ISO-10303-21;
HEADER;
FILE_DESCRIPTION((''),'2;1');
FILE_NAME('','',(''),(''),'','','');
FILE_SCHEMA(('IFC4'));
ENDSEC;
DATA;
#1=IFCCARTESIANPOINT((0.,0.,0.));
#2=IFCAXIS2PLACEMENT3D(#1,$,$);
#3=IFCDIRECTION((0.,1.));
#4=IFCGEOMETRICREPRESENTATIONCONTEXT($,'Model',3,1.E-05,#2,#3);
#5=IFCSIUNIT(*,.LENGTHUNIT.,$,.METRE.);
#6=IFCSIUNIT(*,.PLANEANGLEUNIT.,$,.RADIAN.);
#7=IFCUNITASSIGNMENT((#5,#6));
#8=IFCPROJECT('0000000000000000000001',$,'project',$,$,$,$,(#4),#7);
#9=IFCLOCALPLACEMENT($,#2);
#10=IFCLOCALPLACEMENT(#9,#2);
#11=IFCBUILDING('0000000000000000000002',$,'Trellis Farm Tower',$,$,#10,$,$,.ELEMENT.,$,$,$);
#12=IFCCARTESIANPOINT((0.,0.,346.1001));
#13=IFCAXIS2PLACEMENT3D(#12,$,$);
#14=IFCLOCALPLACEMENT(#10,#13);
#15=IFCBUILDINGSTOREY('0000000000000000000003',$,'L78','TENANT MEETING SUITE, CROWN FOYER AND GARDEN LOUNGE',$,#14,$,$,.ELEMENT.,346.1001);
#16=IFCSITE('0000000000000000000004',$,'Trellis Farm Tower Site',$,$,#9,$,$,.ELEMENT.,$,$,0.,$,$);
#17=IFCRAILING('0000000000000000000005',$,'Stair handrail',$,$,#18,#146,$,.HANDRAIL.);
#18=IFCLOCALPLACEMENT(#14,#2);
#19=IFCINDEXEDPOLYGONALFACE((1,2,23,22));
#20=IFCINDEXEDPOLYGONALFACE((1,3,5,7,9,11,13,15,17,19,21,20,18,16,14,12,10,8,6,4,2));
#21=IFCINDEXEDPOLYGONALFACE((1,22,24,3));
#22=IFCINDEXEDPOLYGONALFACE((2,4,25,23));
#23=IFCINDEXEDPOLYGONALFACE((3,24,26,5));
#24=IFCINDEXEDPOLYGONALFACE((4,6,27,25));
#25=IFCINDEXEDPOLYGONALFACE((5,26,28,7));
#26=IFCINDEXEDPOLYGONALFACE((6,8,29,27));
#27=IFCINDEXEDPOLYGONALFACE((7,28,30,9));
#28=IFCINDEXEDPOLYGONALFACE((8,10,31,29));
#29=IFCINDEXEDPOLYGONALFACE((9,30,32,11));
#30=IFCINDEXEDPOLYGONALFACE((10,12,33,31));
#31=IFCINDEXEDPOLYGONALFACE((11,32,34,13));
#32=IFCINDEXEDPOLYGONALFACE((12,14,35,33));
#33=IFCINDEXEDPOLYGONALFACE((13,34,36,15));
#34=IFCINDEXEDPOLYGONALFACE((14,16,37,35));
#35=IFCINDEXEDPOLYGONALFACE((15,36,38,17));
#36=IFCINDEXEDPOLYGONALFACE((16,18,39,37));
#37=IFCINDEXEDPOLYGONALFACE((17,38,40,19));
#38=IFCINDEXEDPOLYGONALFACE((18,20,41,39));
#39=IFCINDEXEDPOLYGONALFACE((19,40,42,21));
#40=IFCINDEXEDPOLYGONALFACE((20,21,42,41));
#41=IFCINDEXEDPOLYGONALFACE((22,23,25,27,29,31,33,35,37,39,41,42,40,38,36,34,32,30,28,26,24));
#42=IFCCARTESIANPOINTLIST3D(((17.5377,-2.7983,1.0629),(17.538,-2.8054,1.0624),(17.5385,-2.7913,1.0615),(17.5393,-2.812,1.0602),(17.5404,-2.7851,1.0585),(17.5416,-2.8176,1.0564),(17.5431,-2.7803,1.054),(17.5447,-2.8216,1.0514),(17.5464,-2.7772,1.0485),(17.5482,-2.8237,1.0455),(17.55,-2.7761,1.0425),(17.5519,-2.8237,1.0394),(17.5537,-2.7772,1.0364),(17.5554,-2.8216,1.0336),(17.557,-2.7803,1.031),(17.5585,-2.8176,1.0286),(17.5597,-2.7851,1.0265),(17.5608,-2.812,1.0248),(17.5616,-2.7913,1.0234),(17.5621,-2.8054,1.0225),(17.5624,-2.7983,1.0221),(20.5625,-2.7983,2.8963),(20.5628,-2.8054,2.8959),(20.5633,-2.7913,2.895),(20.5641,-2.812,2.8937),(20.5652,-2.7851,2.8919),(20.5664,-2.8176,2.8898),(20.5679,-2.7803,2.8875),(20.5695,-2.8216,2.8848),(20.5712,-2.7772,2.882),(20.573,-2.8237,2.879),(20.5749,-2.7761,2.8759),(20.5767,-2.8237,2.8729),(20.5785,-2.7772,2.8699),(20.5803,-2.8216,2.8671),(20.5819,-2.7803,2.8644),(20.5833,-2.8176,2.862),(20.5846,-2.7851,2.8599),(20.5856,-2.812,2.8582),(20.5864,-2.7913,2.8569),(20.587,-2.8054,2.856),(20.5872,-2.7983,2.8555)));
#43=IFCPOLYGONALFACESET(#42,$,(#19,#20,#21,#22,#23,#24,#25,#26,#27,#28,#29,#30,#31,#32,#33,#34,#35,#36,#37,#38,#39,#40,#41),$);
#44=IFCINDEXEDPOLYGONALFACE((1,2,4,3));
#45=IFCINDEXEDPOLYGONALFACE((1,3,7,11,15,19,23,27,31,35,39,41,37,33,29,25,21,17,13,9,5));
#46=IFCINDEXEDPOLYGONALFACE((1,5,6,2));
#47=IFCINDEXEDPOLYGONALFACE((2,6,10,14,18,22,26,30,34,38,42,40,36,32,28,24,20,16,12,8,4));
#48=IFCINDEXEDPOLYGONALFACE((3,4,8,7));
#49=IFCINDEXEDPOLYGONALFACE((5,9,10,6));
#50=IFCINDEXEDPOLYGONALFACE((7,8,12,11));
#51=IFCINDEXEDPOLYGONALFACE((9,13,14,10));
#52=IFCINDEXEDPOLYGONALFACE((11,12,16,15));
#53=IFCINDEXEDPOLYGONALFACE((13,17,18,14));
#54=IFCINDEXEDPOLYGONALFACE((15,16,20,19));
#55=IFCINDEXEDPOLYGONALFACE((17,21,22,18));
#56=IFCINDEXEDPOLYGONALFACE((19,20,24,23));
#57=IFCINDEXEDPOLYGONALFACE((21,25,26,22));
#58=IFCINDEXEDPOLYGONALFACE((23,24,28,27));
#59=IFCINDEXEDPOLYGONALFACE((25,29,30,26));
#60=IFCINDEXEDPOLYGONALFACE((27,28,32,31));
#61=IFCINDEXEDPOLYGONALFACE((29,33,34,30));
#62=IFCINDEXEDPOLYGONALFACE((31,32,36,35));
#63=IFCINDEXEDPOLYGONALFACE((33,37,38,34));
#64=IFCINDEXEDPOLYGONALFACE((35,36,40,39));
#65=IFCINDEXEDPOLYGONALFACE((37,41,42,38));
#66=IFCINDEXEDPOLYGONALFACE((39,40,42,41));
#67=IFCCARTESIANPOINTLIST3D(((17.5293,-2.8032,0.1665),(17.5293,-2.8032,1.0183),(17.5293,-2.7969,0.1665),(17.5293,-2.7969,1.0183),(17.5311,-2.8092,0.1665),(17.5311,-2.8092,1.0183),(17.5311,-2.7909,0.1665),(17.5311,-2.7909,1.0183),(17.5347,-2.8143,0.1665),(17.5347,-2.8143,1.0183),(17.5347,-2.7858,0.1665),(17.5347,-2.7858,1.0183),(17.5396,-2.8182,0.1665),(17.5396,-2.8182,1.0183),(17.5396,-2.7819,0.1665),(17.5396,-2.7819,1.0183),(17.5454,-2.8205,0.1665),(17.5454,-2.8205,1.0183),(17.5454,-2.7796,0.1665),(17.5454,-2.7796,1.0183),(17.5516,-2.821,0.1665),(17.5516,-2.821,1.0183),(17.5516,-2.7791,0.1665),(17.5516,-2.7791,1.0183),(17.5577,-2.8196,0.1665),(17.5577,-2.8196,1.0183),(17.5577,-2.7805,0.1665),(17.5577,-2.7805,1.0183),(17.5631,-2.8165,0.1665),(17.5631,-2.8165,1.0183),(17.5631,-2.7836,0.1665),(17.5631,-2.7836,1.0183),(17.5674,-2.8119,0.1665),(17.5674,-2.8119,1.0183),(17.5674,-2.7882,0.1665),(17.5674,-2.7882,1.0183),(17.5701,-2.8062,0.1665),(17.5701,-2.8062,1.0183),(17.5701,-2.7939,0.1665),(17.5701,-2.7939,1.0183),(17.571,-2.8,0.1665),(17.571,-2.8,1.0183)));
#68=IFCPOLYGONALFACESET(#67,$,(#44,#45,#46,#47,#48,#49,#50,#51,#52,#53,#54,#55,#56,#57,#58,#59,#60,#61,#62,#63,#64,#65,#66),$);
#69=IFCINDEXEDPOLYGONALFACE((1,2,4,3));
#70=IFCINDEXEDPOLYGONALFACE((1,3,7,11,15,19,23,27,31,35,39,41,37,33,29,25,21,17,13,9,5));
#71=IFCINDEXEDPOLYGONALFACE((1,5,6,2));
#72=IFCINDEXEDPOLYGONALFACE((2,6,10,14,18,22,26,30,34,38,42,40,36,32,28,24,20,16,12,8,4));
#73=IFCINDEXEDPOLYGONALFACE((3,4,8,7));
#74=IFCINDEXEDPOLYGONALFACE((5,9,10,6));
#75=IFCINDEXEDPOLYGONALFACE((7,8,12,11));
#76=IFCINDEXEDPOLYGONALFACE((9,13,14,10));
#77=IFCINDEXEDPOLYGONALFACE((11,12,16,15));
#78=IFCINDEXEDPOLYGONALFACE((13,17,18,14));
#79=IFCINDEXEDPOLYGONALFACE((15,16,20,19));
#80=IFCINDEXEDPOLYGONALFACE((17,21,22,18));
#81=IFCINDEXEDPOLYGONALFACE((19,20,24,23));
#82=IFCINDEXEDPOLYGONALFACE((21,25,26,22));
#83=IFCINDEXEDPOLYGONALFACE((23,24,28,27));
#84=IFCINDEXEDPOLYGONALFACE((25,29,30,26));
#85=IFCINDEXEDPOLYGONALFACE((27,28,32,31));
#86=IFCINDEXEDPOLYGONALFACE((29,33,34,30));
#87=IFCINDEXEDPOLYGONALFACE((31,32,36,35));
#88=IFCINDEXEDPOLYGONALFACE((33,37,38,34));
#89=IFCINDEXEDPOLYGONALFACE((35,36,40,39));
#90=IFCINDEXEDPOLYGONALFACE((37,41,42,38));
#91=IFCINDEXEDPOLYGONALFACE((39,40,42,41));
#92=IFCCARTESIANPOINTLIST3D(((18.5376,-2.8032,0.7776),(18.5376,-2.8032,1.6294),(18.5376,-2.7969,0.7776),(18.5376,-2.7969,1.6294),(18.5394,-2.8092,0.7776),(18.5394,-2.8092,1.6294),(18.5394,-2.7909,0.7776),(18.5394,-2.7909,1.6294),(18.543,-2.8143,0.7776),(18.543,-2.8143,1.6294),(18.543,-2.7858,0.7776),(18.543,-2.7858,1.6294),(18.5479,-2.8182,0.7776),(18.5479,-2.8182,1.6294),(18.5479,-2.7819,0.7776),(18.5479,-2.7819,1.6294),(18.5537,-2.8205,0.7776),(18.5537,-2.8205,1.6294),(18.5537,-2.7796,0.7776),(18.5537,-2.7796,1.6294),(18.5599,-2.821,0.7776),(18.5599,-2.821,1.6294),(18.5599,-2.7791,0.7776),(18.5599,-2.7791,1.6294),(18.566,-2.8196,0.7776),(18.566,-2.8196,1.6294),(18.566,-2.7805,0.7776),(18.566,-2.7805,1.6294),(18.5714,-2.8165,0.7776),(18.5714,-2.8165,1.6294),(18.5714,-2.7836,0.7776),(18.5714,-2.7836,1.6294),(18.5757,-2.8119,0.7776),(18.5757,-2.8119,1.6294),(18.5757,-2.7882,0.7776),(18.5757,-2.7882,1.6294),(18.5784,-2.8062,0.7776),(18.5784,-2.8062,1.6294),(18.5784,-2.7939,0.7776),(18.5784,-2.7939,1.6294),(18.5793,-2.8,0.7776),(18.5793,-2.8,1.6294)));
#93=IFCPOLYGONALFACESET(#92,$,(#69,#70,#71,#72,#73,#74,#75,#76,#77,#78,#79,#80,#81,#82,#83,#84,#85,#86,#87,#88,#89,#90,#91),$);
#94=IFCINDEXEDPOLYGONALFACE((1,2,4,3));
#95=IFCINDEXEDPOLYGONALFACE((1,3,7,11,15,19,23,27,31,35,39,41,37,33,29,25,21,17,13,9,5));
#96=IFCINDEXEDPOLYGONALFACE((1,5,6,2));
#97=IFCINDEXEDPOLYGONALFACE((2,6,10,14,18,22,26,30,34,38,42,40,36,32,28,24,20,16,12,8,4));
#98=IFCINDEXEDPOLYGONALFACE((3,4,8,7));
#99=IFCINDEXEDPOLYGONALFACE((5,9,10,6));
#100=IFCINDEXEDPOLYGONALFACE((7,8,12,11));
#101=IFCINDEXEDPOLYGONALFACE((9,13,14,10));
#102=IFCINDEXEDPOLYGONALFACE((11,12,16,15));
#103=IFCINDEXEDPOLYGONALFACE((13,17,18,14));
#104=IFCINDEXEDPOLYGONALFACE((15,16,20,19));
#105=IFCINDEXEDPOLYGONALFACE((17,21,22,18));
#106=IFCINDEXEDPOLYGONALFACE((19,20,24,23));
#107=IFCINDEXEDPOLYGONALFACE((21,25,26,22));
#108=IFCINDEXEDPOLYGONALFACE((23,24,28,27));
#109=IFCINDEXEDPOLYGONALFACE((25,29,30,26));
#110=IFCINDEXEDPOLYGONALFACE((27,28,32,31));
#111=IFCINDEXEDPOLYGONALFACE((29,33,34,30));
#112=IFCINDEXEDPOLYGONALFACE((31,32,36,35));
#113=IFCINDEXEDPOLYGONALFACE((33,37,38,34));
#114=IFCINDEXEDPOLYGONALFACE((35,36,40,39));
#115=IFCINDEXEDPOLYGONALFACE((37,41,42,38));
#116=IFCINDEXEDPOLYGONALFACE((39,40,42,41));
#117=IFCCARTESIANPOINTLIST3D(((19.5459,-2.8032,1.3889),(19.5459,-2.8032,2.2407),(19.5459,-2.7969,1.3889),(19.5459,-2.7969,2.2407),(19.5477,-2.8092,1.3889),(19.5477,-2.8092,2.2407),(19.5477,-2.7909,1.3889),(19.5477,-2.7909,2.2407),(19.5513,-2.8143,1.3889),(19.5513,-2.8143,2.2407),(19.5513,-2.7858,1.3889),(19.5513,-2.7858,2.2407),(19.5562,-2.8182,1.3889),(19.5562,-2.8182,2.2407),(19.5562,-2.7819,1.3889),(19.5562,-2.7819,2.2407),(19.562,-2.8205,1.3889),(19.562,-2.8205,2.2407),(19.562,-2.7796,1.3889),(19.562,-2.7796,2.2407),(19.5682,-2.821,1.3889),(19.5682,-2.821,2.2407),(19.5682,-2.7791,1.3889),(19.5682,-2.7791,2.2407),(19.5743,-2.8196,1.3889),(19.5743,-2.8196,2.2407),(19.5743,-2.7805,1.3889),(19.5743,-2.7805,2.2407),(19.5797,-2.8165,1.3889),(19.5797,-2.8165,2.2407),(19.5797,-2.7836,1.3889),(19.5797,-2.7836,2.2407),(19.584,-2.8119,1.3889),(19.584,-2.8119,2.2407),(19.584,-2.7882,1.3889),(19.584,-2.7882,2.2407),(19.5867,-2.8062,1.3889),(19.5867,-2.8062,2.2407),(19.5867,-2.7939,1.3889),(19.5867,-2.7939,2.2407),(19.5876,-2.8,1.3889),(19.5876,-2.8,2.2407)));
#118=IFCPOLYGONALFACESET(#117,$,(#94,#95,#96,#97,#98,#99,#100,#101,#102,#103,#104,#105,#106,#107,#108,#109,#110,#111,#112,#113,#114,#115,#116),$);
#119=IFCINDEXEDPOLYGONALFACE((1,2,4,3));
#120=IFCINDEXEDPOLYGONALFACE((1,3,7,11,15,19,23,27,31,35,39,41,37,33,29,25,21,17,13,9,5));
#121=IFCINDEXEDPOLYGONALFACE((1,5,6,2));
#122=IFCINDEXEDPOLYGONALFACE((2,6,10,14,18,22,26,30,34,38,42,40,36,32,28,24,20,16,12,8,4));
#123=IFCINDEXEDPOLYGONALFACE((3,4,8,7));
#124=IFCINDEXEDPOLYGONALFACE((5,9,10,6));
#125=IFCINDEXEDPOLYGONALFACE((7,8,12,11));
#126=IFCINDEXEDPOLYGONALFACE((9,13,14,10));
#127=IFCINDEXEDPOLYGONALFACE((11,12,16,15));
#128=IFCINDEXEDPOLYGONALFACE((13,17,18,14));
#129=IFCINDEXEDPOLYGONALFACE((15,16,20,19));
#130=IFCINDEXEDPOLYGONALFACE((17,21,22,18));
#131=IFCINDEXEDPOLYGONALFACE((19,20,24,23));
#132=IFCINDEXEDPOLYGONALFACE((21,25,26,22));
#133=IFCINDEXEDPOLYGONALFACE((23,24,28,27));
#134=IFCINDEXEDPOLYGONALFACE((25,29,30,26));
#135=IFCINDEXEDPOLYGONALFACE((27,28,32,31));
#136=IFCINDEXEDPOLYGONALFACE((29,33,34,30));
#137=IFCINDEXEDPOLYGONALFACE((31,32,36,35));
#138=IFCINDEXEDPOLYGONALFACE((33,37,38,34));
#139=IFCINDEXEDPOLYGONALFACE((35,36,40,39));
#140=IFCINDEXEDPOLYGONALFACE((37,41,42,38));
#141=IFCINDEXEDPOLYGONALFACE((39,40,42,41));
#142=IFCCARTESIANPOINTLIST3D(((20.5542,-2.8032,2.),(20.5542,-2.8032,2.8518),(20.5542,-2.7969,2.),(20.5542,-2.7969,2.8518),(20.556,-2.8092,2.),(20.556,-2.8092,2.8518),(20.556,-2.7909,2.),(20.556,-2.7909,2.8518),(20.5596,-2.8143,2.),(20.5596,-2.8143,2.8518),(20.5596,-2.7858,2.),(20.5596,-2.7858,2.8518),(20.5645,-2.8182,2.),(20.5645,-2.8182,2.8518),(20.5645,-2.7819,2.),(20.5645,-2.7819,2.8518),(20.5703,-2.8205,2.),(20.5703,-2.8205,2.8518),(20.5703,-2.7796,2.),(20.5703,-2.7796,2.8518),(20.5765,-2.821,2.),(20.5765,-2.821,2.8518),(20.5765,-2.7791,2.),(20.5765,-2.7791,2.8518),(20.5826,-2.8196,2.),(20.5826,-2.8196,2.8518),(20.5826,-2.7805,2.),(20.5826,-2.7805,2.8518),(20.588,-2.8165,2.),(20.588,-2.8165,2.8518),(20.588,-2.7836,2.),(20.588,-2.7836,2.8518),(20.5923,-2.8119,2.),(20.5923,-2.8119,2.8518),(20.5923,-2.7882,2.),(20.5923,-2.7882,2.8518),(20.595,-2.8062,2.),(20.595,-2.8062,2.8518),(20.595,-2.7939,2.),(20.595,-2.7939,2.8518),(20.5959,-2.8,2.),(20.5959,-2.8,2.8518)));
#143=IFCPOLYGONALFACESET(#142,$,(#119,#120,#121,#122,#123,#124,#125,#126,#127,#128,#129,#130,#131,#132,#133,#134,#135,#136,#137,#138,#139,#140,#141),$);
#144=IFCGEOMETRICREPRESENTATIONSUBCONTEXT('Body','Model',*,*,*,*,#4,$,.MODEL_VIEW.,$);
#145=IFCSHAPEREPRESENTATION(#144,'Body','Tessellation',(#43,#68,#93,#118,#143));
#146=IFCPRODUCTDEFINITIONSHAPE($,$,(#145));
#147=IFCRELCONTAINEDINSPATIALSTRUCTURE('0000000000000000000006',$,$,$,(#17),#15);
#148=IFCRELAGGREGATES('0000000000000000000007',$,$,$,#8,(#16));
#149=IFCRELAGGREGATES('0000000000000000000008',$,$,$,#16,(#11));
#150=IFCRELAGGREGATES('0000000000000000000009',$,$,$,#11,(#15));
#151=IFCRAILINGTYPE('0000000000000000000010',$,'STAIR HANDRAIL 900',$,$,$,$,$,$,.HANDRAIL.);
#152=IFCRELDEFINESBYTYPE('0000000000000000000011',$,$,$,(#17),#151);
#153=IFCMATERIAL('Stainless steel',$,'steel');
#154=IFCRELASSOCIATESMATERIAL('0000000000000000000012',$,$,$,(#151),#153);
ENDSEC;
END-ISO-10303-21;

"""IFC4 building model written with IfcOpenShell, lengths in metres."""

from ifc_helpers import new_model, si_unit, direction, frame, origin, origin_2d, place, context, subcontext, project, spatial, circle, extrude, source, transform, mapped, material, type_object, element, save


model = new_model("IFC4")

# Units and contexts
model_context = context("Model", 3, precision=1e-05, world=origin(), true_north=direction((0.0, 1.0)))
body_context = subcontext(model_context, "Body", "Model", "MODEL_VIEW")
ifc_project = project(units=[si_unit("LENGTHUNIT", "METRE"), si_unit("PLANEANGLEUNIT", "RADIAN")], contexts=[model_context])

# Site, building, storey
site_placement = place(None, origin())
site = spatial("IfcSite", under=ifc_project, at=site_placement, Name="Trellis Farm Tower Site", CompositionType="ELEMENT", RefElevation=0.0)
building_placement = place(site_placement, origin())
building = spatial("IfcBuilding", under=site, at=building_placement, Name="Trellis Farm Tower", CompositionType="ELEMENT")
storey_placement = place(building_placement, frame((0.0, 0.0, 346.1001)))
storey = spatial("IfcBuildingStorey", under=building, at=storey_placement, Name="L78", Description="TENANT MEETING SUITE, CROWN FOYER AND GARDEN LOUNGE", CompositionType="ELEMENT", Elevation=346.1001)

# Railing
ifc_material_1 = material(Name="Stainless steel", Category="steel")
railing_type = type_object("IfcRailingType", Name="STAIR HANDRAIL 900", PredefinedType="HANDRAIL", material=ifc_material_1)
shared_shape_1 = source(origin(), body_context, "Body", "SweptSolid", [
    extrude(circle(Radius=0.0239, at=origin_2d()), frame((0.0, 0.0, 0.876), z_axis=(0.85517, 0.0, 0.518348), x_axis=(0.0, 1.0, 0.0)), (0.0, 0.0, 1.0), 3.5371),
    extrude(circle(Radius=0.021, at=origin_2d()), origin(), (0.0, 0.0, 1.0), 0.8518),
    extrude(circle(Radius=0.021, at=origin_2d()), frame((1.0083, 0.0, 0.6111)), (0.0, 0.0, 1.0), 0.8518),
    extrude(circle(Radius=0.021, at=origin_2d()), frame((2.0166, 0.0, 1.2224)), (0.0, 0.0, 1.0), 0.8518),
    extrude(circle(Radius=0.021, at=origin_2d()), frame((3.0249, 0.0, 1.8335)), (0.0, 0.0, 1.0), 0.8518),
])
for number, where, name in (
    (1, (17.55, -2.8, 0.1665), "Stair handrail"),
):
    element("IfcRailing", number, at=place(storey_placement, frame(where)), inside=storey, type_object=railing_type, Name=name, PredefinedType="HANDRAIL", context=body_context, shape_type="MappedRepresentation", body=[
        mapped(shared_shape_1, transform((0.0, 0.0, 0.0))),
    ])

save(model, "model.ifc")
